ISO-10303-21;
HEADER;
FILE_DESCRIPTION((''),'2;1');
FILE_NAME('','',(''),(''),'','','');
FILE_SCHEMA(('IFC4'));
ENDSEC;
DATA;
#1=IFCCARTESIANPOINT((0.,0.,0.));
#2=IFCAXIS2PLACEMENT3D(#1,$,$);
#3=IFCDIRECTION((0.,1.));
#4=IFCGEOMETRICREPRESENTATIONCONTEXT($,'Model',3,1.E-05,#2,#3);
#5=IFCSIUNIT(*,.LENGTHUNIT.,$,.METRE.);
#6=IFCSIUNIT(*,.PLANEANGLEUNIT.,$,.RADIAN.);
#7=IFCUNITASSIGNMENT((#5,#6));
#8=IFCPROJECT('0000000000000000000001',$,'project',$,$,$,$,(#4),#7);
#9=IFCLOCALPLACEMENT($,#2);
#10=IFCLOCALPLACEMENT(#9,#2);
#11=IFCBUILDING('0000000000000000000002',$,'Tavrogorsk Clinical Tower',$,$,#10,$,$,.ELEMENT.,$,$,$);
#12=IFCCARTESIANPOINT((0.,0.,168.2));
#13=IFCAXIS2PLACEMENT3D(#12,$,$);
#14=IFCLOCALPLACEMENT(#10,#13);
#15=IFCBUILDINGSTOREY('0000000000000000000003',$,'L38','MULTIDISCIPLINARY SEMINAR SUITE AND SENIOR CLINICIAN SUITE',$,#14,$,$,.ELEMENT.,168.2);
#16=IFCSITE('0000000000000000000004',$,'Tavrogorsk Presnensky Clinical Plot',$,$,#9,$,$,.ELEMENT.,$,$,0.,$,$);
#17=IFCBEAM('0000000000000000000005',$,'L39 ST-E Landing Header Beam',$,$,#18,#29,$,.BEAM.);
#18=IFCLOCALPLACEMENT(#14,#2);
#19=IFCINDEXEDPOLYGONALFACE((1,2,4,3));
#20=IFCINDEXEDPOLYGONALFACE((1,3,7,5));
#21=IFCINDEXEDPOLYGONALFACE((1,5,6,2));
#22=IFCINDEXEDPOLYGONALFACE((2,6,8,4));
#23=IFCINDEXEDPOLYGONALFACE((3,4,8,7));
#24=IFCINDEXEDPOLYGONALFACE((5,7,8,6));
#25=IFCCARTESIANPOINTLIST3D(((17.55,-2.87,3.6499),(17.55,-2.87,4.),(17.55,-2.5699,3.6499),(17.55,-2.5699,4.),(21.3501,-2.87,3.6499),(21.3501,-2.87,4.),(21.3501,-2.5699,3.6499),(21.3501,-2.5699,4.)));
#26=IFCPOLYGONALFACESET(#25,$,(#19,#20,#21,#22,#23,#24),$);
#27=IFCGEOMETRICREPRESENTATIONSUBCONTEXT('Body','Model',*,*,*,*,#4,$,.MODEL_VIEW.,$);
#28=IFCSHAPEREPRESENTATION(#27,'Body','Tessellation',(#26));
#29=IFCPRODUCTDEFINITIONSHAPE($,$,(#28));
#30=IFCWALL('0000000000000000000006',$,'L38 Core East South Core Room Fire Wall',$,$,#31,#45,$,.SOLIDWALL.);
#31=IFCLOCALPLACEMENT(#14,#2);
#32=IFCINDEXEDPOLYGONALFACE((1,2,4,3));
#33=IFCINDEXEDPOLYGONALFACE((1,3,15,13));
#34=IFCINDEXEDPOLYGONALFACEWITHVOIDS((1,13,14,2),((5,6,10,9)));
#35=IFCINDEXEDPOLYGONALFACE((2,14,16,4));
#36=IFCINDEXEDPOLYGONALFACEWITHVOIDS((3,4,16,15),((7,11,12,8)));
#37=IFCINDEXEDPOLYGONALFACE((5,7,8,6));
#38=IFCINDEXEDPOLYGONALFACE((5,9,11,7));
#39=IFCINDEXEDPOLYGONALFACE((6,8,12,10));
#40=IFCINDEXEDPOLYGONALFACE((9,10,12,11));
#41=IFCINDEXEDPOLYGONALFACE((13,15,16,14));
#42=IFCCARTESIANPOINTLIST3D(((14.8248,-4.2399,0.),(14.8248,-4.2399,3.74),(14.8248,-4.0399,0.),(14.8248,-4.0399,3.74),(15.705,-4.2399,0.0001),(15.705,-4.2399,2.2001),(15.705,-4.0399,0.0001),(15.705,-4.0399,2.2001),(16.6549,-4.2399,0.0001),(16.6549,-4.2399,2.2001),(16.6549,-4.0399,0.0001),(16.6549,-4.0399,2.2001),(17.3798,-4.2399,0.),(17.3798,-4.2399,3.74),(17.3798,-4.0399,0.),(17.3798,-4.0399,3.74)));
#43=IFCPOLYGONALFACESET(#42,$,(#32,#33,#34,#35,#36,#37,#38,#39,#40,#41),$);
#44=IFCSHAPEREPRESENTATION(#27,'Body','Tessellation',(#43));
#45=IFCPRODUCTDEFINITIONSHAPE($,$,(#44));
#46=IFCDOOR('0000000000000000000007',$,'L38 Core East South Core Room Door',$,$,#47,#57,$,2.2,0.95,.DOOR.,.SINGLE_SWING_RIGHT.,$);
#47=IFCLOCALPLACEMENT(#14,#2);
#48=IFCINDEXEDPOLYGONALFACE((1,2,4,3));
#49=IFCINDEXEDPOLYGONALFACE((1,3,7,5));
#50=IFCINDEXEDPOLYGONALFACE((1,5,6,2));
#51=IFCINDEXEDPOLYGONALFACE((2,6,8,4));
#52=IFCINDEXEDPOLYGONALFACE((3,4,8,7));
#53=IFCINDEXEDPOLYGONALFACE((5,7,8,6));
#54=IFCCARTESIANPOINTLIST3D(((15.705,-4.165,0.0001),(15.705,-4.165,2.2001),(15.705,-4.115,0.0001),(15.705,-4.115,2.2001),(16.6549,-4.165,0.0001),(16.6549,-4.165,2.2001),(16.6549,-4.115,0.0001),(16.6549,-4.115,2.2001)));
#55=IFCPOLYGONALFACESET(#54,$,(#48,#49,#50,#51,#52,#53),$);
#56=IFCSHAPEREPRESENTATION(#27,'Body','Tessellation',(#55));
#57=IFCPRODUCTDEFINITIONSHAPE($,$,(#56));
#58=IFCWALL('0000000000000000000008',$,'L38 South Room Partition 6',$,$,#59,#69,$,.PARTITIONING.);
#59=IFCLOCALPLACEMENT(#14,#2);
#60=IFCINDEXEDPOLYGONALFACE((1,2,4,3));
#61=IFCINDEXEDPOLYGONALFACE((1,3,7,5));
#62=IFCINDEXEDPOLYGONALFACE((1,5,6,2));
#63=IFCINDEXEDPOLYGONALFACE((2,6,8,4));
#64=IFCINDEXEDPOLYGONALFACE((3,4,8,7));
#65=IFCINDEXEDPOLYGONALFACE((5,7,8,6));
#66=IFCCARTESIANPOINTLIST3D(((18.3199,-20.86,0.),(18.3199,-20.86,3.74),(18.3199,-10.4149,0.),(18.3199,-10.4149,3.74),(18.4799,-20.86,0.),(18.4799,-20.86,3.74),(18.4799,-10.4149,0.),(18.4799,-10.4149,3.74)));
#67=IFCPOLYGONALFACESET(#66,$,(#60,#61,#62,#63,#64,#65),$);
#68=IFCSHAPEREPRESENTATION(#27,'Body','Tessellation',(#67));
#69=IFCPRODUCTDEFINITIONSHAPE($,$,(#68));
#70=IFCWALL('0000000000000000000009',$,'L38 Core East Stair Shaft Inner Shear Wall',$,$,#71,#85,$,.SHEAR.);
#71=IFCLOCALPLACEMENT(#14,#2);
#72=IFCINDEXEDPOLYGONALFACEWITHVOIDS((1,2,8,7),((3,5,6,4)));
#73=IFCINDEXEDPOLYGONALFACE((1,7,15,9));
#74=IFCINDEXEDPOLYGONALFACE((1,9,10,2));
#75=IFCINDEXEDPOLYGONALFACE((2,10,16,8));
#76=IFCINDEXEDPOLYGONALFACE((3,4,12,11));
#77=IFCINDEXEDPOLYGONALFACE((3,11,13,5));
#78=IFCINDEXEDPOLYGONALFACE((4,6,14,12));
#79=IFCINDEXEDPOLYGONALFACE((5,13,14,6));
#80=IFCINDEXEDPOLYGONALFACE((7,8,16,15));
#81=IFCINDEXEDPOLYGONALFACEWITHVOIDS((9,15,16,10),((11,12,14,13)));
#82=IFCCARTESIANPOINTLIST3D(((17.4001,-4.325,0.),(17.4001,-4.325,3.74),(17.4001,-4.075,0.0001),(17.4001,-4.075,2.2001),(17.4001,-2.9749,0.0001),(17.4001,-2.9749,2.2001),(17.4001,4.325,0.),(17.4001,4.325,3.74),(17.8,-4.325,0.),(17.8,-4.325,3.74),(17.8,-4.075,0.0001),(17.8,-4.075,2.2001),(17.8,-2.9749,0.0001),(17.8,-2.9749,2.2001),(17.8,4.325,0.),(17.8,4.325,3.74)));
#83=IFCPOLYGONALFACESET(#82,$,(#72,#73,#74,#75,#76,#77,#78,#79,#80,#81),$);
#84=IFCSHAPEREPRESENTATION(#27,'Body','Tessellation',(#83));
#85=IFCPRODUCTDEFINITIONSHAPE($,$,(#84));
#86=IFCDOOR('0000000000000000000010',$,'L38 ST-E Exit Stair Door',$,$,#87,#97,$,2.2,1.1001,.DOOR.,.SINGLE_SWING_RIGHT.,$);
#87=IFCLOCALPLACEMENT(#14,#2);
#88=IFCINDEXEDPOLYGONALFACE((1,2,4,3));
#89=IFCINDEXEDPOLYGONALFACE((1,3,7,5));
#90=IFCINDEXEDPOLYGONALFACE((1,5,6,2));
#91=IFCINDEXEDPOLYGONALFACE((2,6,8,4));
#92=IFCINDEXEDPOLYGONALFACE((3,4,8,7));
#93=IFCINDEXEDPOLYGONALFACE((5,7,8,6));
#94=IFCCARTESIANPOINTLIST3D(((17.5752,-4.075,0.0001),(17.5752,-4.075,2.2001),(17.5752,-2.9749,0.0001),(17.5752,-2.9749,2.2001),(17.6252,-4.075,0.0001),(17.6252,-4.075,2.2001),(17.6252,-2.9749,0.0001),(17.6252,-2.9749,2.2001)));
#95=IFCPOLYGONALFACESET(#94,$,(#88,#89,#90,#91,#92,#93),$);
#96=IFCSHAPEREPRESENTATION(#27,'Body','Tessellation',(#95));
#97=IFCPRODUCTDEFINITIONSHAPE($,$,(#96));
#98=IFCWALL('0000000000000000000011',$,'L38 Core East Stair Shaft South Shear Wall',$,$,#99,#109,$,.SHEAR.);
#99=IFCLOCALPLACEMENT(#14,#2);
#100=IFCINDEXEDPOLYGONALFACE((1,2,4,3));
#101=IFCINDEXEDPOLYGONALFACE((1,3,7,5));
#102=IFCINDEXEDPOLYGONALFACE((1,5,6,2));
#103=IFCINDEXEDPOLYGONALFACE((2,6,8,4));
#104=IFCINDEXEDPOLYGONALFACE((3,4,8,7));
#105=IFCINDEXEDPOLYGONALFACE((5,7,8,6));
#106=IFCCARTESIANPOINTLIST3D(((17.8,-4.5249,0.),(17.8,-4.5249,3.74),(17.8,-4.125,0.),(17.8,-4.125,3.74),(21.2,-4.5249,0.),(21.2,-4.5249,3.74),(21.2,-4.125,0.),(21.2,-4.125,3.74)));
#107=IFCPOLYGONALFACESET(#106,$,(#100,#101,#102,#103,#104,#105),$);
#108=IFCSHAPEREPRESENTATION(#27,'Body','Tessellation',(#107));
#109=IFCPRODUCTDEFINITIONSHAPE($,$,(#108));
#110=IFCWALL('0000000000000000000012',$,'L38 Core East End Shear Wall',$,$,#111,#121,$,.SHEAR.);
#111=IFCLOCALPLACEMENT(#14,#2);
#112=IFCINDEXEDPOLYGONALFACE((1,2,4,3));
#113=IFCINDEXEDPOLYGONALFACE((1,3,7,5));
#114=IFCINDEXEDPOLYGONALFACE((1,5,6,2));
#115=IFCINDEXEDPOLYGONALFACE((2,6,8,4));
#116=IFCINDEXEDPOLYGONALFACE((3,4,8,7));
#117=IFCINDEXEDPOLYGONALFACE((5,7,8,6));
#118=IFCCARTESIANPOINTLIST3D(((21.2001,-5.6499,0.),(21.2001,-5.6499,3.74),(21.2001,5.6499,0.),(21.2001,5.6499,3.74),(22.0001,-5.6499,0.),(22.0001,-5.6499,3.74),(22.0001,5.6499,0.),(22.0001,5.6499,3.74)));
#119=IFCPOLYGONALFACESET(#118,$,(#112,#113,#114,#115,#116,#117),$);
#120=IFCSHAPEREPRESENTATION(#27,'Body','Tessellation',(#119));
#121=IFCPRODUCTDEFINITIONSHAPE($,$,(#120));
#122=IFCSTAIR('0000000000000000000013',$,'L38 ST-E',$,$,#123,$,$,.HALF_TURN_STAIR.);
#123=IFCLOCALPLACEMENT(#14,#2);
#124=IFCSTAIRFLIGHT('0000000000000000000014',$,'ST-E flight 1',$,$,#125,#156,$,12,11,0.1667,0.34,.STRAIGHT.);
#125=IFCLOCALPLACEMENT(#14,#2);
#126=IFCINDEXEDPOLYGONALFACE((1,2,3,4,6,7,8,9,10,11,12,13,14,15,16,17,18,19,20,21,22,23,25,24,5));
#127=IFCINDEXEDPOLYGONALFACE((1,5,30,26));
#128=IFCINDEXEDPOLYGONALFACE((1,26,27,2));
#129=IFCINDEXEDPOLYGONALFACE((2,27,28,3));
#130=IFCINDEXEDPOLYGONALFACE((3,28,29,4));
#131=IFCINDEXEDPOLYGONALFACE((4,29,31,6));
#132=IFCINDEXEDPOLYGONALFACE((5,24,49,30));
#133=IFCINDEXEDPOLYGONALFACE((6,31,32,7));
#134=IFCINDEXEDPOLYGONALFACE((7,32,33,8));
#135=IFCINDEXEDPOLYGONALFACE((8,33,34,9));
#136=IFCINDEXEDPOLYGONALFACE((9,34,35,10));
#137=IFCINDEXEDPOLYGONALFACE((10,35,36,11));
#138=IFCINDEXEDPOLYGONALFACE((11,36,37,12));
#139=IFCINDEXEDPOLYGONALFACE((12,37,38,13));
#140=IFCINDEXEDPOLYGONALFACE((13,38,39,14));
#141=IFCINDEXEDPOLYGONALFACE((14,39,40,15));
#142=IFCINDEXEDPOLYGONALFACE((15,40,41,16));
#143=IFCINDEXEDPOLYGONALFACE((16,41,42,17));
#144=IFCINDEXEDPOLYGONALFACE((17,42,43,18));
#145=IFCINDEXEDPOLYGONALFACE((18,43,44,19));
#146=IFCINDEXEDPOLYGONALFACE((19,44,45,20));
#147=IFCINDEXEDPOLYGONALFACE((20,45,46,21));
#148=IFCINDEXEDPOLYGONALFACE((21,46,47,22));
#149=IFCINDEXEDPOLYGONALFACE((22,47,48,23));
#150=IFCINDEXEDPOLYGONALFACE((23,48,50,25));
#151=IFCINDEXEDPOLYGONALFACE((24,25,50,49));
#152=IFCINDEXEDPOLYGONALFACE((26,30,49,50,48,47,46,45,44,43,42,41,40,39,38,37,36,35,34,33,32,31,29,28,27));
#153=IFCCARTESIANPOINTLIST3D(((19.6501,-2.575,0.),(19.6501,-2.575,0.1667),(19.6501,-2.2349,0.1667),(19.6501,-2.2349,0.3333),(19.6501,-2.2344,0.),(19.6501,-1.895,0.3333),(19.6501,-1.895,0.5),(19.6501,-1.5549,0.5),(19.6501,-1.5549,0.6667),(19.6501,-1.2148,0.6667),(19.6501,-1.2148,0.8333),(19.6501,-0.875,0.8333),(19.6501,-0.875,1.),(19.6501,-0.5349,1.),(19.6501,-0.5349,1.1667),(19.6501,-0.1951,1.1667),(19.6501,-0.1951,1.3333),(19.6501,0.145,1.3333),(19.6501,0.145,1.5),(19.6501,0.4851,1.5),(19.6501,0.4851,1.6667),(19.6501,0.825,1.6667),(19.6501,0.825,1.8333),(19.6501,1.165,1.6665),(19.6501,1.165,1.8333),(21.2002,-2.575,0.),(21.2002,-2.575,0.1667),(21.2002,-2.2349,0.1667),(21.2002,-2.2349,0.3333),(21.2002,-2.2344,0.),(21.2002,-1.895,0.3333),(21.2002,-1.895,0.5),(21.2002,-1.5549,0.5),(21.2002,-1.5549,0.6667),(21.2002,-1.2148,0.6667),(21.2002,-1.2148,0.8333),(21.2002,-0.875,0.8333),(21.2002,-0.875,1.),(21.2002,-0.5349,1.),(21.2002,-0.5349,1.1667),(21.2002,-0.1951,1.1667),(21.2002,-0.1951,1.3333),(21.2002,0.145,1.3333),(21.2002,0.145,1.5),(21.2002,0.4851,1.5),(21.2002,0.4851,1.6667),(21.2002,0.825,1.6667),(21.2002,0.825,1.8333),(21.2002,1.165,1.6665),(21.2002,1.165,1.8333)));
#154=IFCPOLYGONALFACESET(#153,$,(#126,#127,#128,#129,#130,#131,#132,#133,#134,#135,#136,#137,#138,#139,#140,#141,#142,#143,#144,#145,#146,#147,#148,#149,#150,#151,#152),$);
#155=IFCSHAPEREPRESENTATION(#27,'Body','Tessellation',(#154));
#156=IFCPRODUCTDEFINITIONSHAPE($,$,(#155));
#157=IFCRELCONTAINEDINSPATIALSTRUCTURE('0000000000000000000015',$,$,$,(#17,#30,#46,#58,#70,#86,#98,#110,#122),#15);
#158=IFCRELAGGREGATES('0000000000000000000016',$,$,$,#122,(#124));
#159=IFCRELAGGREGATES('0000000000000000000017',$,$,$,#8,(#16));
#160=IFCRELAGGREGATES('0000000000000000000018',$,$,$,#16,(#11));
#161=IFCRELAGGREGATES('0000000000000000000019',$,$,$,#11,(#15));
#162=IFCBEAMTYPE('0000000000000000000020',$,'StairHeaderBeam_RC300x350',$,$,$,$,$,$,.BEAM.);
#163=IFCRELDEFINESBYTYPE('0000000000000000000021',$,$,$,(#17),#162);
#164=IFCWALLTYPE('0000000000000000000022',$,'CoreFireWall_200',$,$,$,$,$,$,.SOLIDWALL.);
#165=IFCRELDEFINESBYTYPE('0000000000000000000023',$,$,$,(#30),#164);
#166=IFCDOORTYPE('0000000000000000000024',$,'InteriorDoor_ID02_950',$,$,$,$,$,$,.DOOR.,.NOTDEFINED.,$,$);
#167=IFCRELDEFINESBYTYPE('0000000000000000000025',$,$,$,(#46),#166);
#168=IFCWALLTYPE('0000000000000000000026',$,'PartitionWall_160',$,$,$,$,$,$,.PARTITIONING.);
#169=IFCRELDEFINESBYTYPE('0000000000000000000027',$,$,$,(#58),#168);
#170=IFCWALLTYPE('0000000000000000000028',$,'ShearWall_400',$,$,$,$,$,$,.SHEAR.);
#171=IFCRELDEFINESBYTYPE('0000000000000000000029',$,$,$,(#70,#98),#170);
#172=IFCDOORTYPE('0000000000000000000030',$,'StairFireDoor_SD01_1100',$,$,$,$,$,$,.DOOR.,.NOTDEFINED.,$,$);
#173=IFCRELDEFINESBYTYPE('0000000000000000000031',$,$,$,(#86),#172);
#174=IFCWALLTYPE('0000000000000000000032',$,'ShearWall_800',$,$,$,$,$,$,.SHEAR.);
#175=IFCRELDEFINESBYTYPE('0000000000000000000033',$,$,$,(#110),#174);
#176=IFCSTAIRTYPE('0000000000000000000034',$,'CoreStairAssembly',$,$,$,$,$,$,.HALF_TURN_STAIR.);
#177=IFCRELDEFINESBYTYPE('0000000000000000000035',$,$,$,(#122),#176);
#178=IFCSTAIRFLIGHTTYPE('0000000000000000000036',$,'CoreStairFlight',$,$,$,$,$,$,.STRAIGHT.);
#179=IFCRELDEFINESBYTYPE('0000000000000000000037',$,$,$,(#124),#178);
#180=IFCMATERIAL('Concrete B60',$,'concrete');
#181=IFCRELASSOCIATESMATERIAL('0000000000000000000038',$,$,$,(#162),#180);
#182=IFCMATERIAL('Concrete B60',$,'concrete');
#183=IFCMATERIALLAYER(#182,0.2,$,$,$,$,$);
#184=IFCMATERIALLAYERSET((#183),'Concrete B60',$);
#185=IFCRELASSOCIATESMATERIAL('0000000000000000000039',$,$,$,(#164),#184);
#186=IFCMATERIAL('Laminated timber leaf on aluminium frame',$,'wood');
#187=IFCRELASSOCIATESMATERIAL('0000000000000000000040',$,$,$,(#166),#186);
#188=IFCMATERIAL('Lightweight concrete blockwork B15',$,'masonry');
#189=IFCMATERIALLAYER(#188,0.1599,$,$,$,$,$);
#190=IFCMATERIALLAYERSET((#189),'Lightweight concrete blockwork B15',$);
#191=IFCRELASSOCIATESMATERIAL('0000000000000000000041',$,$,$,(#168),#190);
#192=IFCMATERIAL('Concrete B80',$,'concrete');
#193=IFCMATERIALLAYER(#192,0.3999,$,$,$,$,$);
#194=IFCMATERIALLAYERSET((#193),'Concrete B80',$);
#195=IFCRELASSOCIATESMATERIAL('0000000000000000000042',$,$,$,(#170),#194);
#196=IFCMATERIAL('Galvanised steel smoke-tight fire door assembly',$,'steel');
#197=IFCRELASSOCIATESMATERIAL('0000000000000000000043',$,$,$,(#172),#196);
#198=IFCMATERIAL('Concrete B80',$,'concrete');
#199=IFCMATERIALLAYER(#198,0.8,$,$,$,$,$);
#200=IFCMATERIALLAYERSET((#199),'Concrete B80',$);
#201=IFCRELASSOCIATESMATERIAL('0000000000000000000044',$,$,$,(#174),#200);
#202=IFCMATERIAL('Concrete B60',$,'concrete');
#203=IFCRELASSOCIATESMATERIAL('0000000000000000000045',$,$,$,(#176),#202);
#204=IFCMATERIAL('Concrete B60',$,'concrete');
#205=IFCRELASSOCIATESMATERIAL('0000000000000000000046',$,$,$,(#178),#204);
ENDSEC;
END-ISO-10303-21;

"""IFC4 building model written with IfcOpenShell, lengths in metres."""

from ifc_helpers import new_model, si_unit, direction, frame, frame_2d, origin, origin_2d, place, context, subcontext, project, spatial, polyline, rectangle, outline, extrude, material, layer, layer_set, material_profile, profile_set, type_object, element, fill, aggregate, save


model = new_model("IFC4")

# Units and contexts
model_context = context("Model", 3, precision=1e-05, world=origin(), true_north=direction((0.0, 1.0)))
body_context = subcontext(model_context, "Body", "Model", "MODEL_VIEW")
ifc_project = project(units=[si_unit("LENGTHUNIT", "METRE"), si_unit("PLANEANGLEUNIT", "RADIAN")], contexts=[model_context])

# Site, building, storey
site_placement = place(None, origin())
site = spatial("IfcSite", under=ifc_project, at=site_placement, Name="Tavrogorsk Presnensky Clinical Plot", CompositionType="ELEMENT", RefElevation=0.0)
building_placement = place(site_placement, origin())
building = spatial("IfcBuilding", under=site, at=building_placement, Name="Tavrogorsk Clinical Tower", CompositionType="ELEMENT")
storey_placement = place(building_placement, frame((0.0, 0.0, 168.2)))
storey = spatial("IfcBuildingStorey", under=building, at=storey_placement, Name="L38", Description="MULTIDISCIPLINARY SEMINAR SUITE AND SENIOR CLINICIAN SUITE", CompositionType="ELEMENT", Elevation=168.2)

# Beam
ifc_material_1 = material(Name="Concrete B60", Category="concrete")
ifc_material_profile_1 = material_profile(ifc_material_1, rectangle(XDim=0.3, YDim=0.3501, at=origin_2d()), Name="RC-SHB-300x350")
ifc_profile_set_1 = profile_set([ifc_material_profile_1], Name="Concrete B60")
beam_type_1 = type_object("IfcBeamType", Name="StairHeaderBeam_RC300x350", PredefinedType="BEAM", material=ifc_profile_set_1)
beam_1_placement = place(storey_placement, frame((17.55, -2.72, 3.825), z_axis=(1.0, 0.0, 0.0), x_axis=(0.0, 1.0, 0.0)))
element("IfcBeam", 1, at=beam_1_placement, inside=storey, type_object=beam_type_1, Name="L39 ST-E Landing Header Beam", PredefinedType="BEAM", context=body_context, shape_type="SweptSolid", body=[
    extrude(rectangle(XDim=0.3, YDim=0.3501, at=origin_2d()), origin(), (0.0, 0.0, 1.0), 3.8),
])

# Wall, opening, door
ifc_material_2 = material(Name="Concrete B60", Category="concrete")
ifc_layer_1 = layer(ifc_material_2, 0.2)
ifc_layer_set_1 = layer_set([ifc_layer_1], Name="Concrete B60")
wall_type_1 = type_object("IfcWallType", Name="CoreFireWall_200", PredefinedType="SOLIDWALL", material=ifc_layer_set_1)
wall_1_placement = place(storey_placement, frame((14.825, -4.1399, 0.0), z_axis=(0.0, 0.0, 1.0), x_axis=(1.0, 0.0, 0.0)))
wall_1 = element("IfcWall", 2, at=wall_1_placement, inside=storey, type_object=wall_type_1, Name="L38 Core East South Core Room Fire Wall", PredefinedType="SOLIDWALL", context=body_context, shape_type="SweptSolid", body=[
    extrude(rectangle(XDim=2.5549, YDim=0.2, at=frame_2d((1.2773, 0.0))), origin(), (0.0, 0.0, 1.0), 3.74),
])
opening_1_placement = place(wall_1_placement, frame((0.8799, 0.0, 0.0)))
opening_1 = element("IfcOpeningElement", 3, at=opening_1_placement, cuts=wall_1, PredefinedType="OPENING", context=body_context, shape_type="SweptSolid", body=[
    extrude(rectangle(XDim=0.95, YDim=2.2, at=frame_2d((0.4751, 1.1001))), frame((0.0, 0.1099, 0.0), z_axis=(0.0, -1.0, 0.0), x_axis=(1.0, 0.0, 0.0)), (0.0, 0.0, 1.0), 0.22),
])
ifc_material_3 = material(Name="Laminated timber leaf on aluminium frame", Category="wood")
door_type_1 = type_object("IfcDoorType", Name="InteriorDoor_ID02_950", OperationType="NOTDEFINED", PredefinedType="DOOR", material=ifc_material_3)
door_1_placement = place(opening_1_placement, origin())
door_1 = element("IfcDoor", 4, at=door_1_placement, inside=storey, type_object=door_type_1, Name="L38 Core East South Core Room Door", OperationType="SINGLE_SWING_RIGHT", OverallHeight=2.2, OverallWidth=0.95, PredefinedType="DOOR", context=body_context, shape_type="SweptSolid", body=[
    extrude(rectangle(XDim=0.95, YDim=2.2, at=frame_2d((0.4751, 1.1001))), frame((0.0, 0.0249, 0.0), z_axis=(0.0, -1.0, 0.0), x_axis=(1.0, 0.0, 0.0)), (0.0, 0.0, 1.0), 0.05),
])
fill(opening_1, door_1)

# Wall
ifc_material_4 = material(Name="Lightweight concrete blockwork B15", Category="masonry")
ifc_layer_2 = layer(ifc_material_4, 0.1599)
ifc_layer_set_2 = layer_set([ifc_layer_2], Name="Lightweight concrete blockwork B15")
wall_type_2 = type_object("IfcWallType", Name="PartitionWall_160", PredefinedType="PARTITIONING", material=ifc_layer_set_2)
wall_2_placement = place(storey_placement, frame((18.3999, -20.8601, 0.0), z_axis=(0.0, 0.0, 1.0), x_axis=(0.0, 1.0, 0.0)))
element("IfcWall", 5, at=wall_2_placement, inside=storey, type_object=wall_type_2, Name="L38 South Room Partition 6", PredefinedType="PARTITIONING", context=body_context, shape_type="SweptSolid", body=[
    extrude(rectangle(XDim=10.4451, YDim=0.1599, at=frame_2d((5.2227, 0.0))), origin(), (0.0, 0.0, 1.0), 3.74),
])

# Wall, opening, door
ifc_material_5 = material(Name="Concrete B80", Category="concrete")
ifc_layer_3 = layer(ifc_material_5, 0.3999)
ifc_layer_set_3 = layer_set([ifc_layer_3], Name="Concrete B80")
wall_type_3 = type_object("IfcWallType", Name="ShearWall_400", PredefinedType="SHEAR", material=ifc_layer_set_3)
wall_3_placement = place(storey_placement, frame((17.6001, -4.325, 0.0), z_axis=(0.0, 0.0, 1.0), x_axis=(0.0, 1.0, 0.0)))
wall_3 = element("IfcWall", 6, at=wall_3_placement, inside=storey, type_object=wall_type_3, Name="L38 Core East Stair Shaft Inner Shear Wall", PredefinedType="SHEAR", context=body_context, shape_type="SweptSolid", body=[
    extrude(rectangle(XDim=8.6499, YDim=0.3999, at=frame_2d((4.325, 0.0))), origin(), (0.0, 0.0, 1.0), 3.74),
])
opening_2_placement = place(wall_3_placement, frame((0.25, 0.0, 0.0)))
opening_2 = element("IfcOpeningElement", 7, at=opening_2_placement, cuts=wall_3, PredefinedType="OPENING", context=body_context, shape_type="SweptSolid", body=[
    extrude(rectangle(XDim=1.1001, YDim=2.2, at=frame_2d((0.55, 1.1001))), frame((0.0, 0.21, 0.0), z_axis=(0.0, -1.0, 0.0), x_axis=(1.0, 0.0, 0.0)), (0.0, 0.0, 1.0), 0.4199),
])
ifc_material_6 = material(Name="Galvanised steel smoke-tight fire door assembly", Category="steel")
door_type_2 = type_object("IfcDoorType", Name="StairFireDoor_SD01_1100", OperationType="NOTDEFINED", PredefinedType="DOOR", material=ifc_material_6)
door_2_placement = place(opening_2_placement, origin())
door_2 = element("IfcDoor", 8, at=door_2_placement, inside=storey, type_object=door_type_2, Name="L38 ST-E Exit Stair Door", OperationType="SINGLE_SWING_RIGHT", OverallHeight=2.2, OverallWidth=1.1001, PredefinedType="DOOR", context=body_context, shape_type="SweptSolid", body=[
    extrude(rectangle(XDim=1.1001, YDim=2.2, at=frame_2d((0.55, 1.1001))), frame((0.0, 0.0249, 0.0), z_axis=(0.0, -1.0, 0.0), x_axis=(1.0, 0.0, 0.0)), (0.0, 0.0, 1.0), 0.05),
])
fill(opening_2, door_2)

# Walls
wall_4_placement = place(storey_placement, frame((17.8, -4.325, 0.0), z_axis=(0.0, 0.0, 1.0), x_axis=(1.0, 0.0, 0.0)))
element("IfcWall", 9, at=wall_4_placement, inside=storey, type_object=wall_type_3, Name="L38 Core East Stair Shaft South Shear Wall", PredefinedType="SHEAR", context=body_context, shape_type="SweptSolid", body=[
    extrude(rectangle(XDim=3.3999, YDim=0.3999, at=frame_2d((1.7, 0.0))), origin(), (0.0, 0.0, 1.0), 3.74),
])
ifc_material_7 = material(Name="Concrete B80", Category="concrete")
ifc_layer_4 = layer(ifc_material_7, 0.8)
ifc_layer_set_4 = layer_set([ifc_layer_4], Name="Concrete B80")
wall_type_4 = type_object("IfcWallType", Name="ShearWall_800", PredefinedType="SHEAR", material=ifc_layer_set_4)
wall_5_placement = place(storey_placement, frame((21.6001, -5.6499, 0.0), z_axis=(0.0, 0.0, 1.0), x_axis=(0.0, 1.0, 0.0)))
element("IfcWall", 10, at=wall_5_placement, inside=storey, type_object=wall_type_4, Name="L38 Core East End Shear Wall", PredefinedType="SHEAR", context=body_context, shape_type="SweptSolid", body=[
    extrude(rectangle(XDim=11.2998, YDim=0.8, at=frame_2d((5.6499, 0.0))), origin(), (0.0, 0.0, 1.0), 3.74),
])

# Stair, stair flight
ifc_material_8 = material(Name="Concrete B60", Category="concrete")
stair_type = type_object("IfcStairType", Name="CoreStairAssembly", PredefinedType="HALF_TURN_STAIR", material=ifc_material_8)
stair_placement = place(storey_placement, origin())
stair = element("IfcStair", 11, at=stair_placement, inside=storey, type_object=stair_type, Name="L38 ST-E", PredefinedType="HALF_TURN_STAIR")
ifc_material_9 = material(Name="Concrete B60", Category="concrete")
stair_flight_type = type_object("IfcStairFlightType", Name="CoreStairFlight", PredefinedType="STRAIGHT", material=ifc_material_9)
stair_flight_placement = place(storey_placement, frame((20.425, -2.575, 0.0), z_axis=(0.0, 0.0, 1.0), x_axis=(0.0, 1.0, 0.0)))
stair_flight = element("IfcStairFlight", 12, at=stair_flight_placement, type_object=stair_flight_type, Name="ST-E flight 1", NumberOfRisers=12, NumberOfTreads=11, PredefinedType="STRAIGHT", RiserHeight=0.1667, TreadLength=0.34, context=body_context, shape_type="SweptSolid", body=[
    extrude(outline(polyline([(0.0, 0.0), (0.0, 0.1667), (0.3401, 0.1667), (0.3401, 0.3333), (0.6799, 0.3333), (0.6799, 0.5), (1.02, 0.5), (1.02, 0.6667), (1.3601, 0.6667), (1.3601, 0.8333), (1.7, 0.8333), (1.7, 1.0), (2.04, 1.0), (2.04, 1.1667), (2.3799, 1.1667), (2.3799, 1.3333), (2.72, 1.3333), (2.72, 1.5), (3.0601, 1.5), (3.0601, 1.6667), (3.3999, 1.6667), (3.3999, 1.8333), (3.74, 1.8333), (3.74, 2.0), (3.74, 1.6665), (0.3406, 0.0), (0.0, 0.0)])), frame((0.0, 0.7749, 0.0), z_axis=(0.0, -1.0, 0.0), x_axis=(1.0, 0.0, 0.0)), (0.0, 0.0, 1.0), 1.55),
])
aggregate(stair, [stair_flight])

save(model, "model.ifc")
